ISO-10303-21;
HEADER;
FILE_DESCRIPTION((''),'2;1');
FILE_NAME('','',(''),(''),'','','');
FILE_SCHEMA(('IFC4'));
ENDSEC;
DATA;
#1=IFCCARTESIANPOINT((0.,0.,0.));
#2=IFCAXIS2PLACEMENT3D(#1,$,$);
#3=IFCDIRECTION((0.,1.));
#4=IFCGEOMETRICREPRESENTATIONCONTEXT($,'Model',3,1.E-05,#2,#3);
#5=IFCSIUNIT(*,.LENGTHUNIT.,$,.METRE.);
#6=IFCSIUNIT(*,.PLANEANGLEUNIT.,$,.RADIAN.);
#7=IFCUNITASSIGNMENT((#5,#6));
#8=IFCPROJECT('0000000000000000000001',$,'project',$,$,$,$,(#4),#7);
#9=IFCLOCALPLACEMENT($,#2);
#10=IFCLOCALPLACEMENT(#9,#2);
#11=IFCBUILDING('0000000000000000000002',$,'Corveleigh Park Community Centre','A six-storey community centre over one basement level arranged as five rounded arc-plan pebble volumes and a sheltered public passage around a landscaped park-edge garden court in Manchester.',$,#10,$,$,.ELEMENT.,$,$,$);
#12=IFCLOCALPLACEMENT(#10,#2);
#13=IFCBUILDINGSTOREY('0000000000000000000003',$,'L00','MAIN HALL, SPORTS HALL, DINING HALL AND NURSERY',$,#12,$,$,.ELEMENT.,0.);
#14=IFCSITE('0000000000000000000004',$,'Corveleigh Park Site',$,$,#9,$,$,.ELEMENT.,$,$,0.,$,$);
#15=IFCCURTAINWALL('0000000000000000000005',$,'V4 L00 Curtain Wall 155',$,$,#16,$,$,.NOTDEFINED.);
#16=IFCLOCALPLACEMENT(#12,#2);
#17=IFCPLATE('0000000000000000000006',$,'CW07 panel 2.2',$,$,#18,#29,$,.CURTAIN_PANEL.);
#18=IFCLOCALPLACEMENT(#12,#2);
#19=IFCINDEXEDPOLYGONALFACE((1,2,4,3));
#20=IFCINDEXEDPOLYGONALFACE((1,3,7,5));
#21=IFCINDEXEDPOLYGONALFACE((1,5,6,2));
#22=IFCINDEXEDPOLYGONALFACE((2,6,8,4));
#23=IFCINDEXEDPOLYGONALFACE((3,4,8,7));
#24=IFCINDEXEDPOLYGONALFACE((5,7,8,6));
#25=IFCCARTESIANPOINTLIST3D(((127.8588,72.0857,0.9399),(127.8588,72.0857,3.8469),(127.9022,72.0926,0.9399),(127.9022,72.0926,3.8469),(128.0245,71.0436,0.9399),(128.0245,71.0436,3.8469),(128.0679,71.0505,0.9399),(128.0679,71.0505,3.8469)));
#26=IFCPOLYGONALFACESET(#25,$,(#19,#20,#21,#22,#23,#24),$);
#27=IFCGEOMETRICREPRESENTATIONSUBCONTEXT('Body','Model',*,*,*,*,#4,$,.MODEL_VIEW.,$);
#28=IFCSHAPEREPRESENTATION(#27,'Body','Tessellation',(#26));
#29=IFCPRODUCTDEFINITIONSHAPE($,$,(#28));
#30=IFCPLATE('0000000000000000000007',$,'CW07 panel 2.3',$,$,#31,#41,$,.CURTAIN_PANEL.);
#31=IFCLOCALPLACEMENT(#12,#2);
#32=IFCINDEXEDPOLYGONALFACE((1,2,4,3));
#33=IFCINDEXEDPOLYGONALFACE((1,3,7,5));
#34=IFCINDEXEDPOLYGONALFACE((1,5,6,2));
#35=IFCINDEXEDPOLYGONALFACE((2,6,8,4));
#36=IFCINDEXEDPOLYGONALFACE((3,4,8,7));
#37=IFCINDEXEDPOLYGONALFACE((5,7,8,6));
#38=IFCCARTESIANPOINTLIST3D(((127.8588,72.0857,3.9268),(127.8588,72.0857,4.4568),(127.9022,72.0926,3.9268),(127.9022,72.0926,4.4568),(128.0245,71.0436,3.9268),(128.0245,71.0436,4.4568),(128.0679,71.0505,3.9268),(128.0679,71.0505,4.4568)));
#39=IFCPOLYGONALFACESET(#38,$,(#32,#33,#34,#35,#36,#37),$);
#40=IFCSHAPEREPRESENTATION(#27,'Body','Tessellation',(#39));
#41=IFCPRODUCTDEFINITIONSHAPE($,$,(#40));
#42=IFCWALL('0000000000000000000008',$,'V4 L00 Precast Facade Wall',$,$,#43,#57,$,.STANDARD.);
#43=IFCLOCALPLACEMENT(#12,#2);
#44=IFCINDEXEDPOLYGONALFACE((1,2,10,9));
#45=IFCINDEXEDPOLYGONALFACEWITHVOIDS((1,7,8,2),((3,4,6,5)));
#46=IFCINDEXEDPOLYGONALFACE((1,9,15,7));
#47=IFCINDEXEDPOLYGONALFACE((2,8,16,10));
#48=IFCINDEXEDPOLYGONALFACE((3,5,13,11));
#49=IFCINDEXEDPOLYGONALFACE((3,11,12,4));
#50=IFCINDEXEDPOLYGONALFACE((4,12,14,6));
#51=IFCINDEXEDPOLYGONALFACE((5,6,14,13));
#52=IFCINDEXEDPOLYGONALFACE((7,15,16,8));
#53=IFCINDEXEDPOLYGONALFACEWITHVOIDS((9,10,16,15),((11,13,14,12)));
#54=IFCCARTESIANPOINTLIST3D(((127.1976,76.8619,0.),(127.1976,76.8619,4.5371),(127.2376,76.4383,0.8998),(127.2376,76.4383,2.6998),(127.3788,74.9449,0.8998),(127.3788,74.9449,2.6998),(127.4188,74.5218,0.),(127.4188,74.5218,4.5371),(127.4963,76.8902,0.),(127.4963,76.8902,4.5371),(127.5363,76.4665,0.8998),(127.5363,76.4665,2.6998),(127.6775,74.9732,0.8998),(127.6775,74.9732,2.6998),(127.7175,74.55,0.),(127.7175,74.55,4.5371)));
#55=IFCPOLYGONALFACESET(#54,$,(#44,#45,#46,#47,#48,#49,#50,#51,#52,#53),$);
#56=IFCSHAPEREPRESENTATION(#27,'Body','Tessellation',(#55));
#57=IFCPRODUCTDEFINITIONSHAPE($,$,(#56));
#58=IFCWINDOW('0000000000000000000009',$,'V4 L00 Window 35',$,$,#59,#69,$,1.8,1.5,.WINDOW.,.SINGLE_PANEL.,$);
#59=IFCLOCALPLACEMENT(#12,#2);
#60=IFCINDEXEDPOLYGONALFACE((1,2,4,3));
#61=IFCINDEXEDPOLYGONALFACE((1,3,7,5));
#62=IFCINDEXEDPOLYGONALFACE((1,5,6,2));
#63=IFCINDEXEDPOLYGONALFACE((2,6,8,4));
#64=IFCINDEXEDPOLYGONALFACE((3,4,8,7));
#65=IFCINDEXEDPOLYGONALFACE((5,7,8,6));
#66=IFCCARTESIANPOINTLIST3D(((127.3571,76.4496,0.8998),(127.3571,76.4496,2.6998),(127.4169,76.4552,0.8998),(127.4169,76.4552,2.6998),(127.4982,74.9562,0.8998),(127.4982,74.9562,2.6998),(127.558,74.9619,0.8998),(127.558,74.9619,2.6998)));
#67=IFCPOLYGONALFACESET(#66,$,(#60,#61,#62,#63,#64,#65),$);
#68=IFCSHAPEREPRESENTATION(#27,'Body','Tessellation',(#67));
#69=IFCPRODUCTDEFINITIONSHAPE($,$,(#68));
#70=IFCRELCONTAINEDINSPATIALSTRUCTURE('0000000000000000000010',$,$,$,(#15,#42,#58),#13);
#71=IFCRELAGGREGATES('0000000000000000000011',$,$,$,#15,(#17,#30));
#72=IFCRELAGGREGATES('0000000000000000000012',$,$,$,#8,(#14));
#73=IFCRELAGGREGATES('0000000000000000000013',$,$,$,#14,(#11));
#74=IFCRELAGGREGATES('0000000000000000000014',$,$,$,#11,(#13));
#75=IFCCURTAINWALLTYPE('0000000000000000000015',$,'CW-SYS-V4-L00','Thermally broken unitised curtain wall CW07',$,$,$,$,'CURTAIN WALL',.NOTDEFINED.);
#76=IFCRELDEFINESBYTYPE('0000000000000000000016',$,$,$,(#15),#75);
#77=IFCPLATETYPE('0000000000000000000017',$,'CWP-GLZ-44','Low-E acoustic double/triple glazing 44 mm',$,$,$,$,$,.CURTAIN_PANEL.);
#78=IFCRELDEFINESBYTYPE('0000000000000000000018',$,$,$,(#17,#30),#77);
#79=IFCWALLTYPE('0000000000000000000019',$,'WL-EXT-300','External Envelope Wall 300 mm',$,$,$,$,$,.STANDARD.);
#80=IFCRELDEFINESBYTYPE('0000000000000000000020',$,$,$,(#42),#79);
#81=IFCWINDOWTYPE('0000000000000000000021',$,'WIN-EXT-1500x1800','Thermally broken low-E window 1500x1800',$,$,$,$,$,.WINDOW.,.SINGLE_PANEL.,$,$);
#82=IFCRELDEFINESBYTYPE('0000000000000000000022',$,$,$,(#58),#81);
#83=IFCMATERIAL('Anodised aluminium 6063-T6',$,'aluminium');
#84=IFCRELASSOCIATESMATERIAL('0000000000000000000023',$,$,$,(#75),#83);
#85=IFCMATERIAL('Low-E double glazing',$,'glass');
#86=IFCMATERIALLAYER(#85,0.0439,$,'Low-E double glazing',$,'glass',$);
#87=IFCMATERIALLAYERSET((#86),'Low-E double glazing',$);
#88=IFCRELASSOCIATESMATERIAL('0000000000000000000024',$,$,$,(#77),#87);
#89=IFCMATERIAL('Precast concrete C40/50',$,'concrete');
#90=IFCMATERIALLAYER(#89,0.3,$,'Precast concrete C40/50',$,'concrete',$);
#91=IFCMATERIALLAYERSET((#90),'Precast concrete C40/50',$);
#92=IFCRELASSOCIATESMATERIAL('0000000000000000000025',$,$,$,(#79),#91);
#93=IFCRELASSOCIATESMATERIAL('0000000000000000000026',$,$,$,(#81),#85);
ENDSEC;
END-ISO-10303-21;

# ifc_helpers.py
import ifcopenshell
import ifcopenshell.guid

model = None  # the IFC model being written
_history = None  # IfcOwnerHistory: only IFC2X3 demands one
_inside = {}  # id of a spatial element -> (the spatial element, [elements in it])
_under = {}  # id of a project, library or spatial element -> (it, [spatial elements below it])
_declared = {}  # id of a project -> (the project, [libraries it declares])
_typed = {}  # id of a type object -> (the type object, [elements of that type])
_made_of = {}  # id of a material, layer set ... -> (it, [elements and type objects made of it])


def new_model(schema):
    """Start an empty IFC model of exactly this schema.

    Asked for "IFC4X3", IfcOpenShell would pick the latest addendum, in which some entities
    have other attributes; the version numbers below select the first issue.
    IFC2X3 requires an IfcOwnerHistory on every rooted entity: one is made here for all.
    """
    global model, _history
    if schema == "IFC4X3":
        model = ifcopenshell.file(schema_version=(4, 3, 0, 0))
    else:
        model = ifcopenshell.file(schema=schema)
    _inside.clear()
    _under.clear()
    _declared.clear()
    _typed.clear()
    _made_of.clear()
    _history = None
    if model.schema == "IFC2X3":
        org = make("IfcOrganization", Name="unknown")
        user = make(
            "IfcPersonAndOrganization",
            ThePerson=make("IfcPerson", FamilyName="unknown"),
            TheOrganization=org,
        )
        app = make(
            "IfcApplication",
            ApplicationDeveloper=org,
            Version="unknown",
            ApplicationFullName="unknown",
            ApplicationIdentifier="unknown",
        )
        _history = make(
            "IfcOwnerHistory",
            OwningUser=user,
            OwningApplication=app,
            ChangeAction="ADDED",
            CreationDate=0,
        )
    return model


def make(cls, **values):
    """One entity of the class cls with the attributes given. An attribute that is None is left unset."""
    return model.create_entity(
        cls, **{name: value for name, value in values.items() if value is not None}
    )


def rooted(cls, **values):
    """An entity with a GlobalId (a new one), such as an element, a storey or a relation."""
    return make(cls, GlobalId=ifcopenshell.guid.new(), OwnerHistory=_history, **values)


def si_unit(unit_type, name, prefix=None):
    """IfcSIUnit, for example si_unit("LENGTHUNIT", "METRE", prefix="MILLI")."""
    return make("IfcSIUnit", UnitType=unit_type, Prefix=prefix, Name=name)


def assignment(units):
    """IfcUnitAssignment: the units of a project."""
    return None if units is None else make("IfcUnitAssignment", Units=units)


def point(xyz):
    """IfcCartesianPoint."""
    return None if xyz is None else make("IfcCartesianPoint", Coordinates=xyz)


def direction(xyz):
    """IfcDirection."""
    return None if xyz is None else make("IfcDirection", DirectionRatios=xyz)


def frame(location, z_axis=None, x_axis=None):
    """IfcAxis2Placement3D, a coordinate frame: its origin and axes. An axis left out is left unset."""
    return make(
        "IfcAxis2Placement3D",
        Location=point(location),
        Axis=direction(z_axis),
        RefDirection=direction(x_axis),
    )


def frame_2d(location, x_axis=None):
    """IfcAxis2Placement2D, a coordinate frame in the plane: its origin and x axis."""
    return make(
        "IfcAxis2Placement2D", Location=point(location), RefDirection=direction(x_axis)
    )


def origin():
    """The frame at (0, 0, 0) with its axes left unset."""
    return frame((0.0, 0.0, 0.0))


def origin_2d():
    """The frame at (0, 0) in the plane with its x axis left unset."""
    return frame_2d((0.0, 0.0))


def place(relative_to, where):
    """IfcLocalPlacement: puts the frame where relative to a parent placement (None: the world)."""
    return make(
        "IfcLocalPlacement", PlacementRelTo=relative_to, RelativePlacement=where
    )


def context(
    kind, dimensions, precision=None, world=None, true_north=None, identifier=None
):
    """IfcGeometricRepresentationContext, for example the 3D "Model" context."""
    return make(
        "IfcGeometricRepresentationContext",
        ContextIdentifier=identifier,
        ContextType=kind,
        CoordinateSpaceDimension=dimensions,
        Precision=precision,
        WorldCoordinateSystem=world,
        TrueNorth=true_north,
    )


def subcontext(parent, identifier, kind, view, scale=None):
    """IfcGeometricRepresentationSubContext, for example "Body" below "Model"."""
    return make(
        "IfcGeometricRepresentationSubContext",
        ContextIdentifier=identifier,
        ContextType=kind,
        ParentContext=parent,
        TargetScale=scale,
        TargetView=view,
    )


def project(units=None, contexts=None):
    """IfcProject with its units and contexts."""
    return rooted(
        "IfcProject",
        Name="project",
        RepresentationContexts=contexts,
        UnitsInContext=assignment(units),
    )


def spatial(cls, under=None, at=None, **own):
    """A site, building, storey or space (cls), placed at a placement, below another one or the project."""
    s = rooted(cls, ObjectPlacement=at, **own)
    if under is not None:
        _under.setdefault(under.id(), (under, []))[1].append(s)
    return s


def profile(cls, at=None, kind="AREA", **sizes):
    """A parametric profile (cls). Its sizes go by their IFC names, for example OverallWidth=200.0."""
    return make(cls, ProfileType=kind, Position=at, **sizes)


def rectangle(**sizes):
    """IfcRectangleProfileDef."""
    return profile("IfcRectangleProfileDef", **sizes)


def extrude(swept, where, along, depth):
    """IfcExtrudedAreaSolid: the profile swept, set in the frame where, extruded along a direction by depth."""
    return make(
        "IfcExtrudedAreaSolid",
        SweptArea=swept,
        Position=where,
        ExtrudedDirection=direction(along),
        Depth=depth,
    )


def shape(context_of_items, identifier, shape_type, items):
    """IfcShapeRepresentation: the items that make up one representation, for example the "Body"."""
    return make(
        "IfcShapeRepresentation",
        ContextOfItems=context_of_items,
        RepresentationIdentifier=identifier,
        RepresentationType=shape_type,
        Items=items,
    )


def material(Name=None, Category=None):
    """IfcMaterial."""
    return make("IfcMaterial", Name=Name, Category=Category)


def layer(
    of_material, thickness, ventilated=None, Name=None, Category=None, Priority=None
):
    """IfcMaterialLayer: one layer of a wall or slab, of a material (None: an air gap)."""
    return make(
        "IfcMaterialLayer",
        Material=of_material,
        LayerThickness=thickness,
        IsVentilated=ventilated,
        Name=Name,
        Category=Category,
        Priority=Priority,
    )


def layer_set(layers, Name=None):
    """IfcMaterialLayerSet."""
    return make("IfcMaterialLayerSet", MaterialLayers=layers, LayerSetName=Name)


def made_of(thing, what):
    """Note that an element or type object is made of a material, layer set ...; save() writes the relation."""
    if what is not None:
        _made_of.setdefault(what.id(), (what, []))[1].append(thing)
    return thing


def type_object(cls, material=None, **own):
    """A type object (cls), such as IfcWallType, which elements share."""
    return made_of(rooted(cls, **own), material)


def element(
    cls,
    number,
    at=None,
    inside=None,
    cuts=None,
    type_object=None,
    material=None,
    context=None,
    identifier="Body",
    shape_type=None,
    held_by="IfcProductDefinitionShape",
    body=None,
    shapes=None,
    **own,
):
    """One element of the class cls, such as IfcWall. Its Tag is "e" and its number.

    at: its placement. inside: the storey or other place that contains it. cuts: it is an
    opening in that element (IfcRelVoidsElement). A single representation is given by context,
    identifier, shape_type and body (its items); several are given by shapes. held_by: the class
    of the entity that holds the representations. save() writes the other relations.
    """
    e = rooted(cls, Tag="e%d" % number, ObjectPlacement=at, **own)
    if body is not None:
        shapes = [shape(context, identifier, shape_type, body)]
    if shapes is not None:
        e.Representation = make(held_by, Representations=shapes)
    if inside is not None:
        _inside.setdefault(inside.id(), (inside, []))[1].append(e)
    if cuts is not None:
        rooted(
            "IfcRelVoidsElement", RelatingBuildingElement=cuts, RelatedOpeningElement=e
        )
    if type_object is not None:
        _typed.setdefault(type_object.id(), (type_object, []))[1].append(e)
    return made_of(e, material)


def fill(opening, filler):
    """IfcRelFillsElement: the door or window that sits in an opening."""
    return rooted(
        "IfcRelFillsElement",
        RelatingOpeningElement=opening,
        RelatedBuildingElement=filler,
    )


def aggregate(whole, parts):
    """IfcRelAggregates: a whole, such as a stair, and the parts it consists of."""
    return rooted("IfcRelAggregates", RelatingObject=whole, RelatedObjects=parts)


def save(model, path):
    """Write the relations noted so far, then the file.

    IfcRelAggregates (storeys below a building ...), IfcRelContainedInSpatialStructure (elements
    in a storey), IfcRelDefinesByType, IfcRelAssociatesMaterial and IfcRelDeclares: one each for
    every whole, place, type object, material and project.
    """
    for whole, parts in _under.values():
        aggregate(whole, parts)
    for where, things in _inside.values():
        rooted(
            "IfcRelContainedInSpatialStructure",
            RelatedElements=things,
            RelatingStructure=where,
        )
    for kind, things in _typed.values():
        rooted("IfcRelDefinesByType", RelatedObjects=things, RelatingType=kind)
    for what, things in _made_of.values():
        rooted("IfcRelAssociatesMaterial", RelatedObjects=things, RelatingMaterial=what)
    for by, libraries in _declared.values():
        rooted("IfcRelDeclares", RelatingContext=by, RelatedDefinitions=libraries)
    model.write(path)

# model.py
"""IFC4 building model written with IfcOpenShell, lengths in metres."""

from ifc_helpers import new_model, si_unit, direction, frame, frame_2d, origin, origin_2d, place, context, subcontext, project, spatial, rectangle, extrude, material, layer, layer_set, type_object, element, fill, aggregate, save


model = new_model("IFC4")

# Units and contexts
model_context = context("Model", 3, precision=1e-05, world=origin(), true_north=direction((0.0, 1.0)))
body_context = subcontext(model_context, "Body", "Model", "MODEL_VIEW")
ifc_project = project(units=[si_unit("LENGTHUNIT", "METRE"), si_unit("PLANEANGLEUNIT", "RADIAN")], contexts=[model_context])

# Site, building, storey
site_placement = place(None, origin())
site = spatial("IfcSite", under=ifc_project, at=site_placement, Name="Corveleigh Park Site", CompositionType="ELEMENT", RefElevation=0.0)
building_placement = place(site_placement, origin())
building = spatial("IfcBuilding", under=site, at=building_placement, Name="Corveleigh Park Community Centre", Description="A six-storey community centre over one basement level arranged as five rounded arc-plan pebble volumes and a sheltered public passage around a landscaped park-edge garden court in Manchester.", CompositionType="ELEMENT")
storey_placement = place(building_placement, origin())
storey = spatial("IfcBuildingStorey", under=building, at=storey_placement, Name="L00", Description="MAIN HALL, SPORTS HALL, DINING HALL AND NURSERY", CompositionType="ELEMENT", Elevation=0.0)

# Shared definitions
ifc_material_1 = material(Name="Anodised aluminium 6063-T6", Category="aluminium")
curtain_wall_type = type_object("IfcCurtainWallType", Name="CW-SYS-V4-L00", Description="Thermally broken unitised curtain wall CW07", ElementType="CURTAIN WALL", PredefinedType="NOTDEFINED", material=ifc_material_1)

# Curtain wall
curtain_wall_1_placement = place(storey_placement, origin())
curtain_wall_1 = element("IfcCurtainWall", 1, at=curtain_wall_1_placement, inside=storey, type_object=curtain_wall_type, Name="V4 L00 Curtain Wall 155", PredefinedType="NOTDEFINED")

# Plates
ifc_material_2 = material(Name="Low-E double glazing", Category="glass")
ifc_layer_1 = layer(ifc_material_2, 0.0439, Name="Low-E double glazing", Category="glass")
ifc_layer_set_1 = layer_set([ifc_layer_1], Name="Low-E double glazing")
plate_type_1 = type_object("IfcPlateType", Name="CWP-GLZ-44", Description="Low-E acoustic double/triple glazing 44 mm", PredefinedType="CURTAIN_PANEL", material=ifc_layer_set_1)
plate_1_placement = place(storey_placement, frame((127.9634, 71.5681, 0.9399), z_axis=(0.0, 0.0, 1.0), x_axis=(-0.157011, 0.987597, 0.0)))
plate_1 = element("IfcPlate", 2, at=plate_1_placement, type_object=plate_type_1, Name="CW07 panel 2.2", PredefinedType="CURTAIN_PANEL", context=body_context, shape_type="SweptSolid", body=[
    extrude(rectangle(XDim=1.0552, YDim=0.0439, at=origin_2d()), origin(), (0.0, 0.0, 1.0), 2.907),
])
plate_2_placement = place(storey_placement, frame((127.9634, 71.5681, 3.9268), z_axis=(0.0, 0.0, 1.0), x_axis=(-0.157011, 0.987597, 0.0)))
plate_2 = element("IfcPlate", 3, at=plate_2_placement, type_object=plate_type_1, Name="CW07 panel 2.3", PredefinedType="CURTAIN_PANEL", context=body_context, shape_type="SweptSolid", body=[
    extrude(rectangle(XDim=1.0552, YDim=0.0439, at=origin_2d()), origin(), (0.0, 0.0, 1.0), 0.53),
])
aggregate(curtain_wall_1, [plate_1, plate_2])

# Wall, opening, window
ifc_material_3 = material(Name="Precast concrete C40/50", Category="concrete")
ifc_layer_2 = layer(ifc_material_3, 0.3, Name="Precast concrete C40/50", Category="concrete")
ifc_layer_set_2 = layer_set([ifc_layer_2], Name="Precast concrete C40/50")
wall_type = type_object("IfcWallType", Name="WL-EXT-300", Description="External Envelope Wall 300 mm", PredefinedType="STANDARD", material=ifc_layer_set_2)
wall_placement = place(storey_placement, frame((127.5681, 74.5359, 0.0), z_axis=(0.0, 0.0, 1.0), x_axis=(-0.094103, 0.995562, 0.0)))
wall = element("IfcWall", 4, at=wall_placement, inside=storey, type_object=wall_type, Name="V4 L00 Precast Facade Wall", PredefinedType="STANDARD", context=body_context, shape_type="SweptSolid", body=[
    extrude(rectangle(XDim=2.3506, YDim=0.3, at=frame_2d((1.1753, 0.0))), origin(), (0.0, 0.0, 1.0), 4.5371),
])
opening_placement = place(wall_placement, frame((0.425, 0.0, 0.8999)))
opening = element("IfcOpeningElement", 5, at=opening_placement, cuts=wall, PredefinedType="OPENING", context=body_context, shape_type="SweptSolid", body=[
    extrude(rectangle(XDim=1.5, YDim=1.8, at=frame_2d((0.75, 0.8999))), frame((0.0, 0.1599, 0.0), z_axis=(0.0, -1.0, 0.0), x_axis=(1.0, 0.0, 0.0)), (0.0, 0.0, 1.0), 0.3201),
])
window_type = type_object("IfcWindowType", Name="WIN-EXT-1500x1800", Description="Thermally broken low-E window 1500x1800", PartitioningType="SINGLE_PANEL", PredefinedType="WINDOW", material=ifc_material_2)
window_placement = place(opening_placement, origin())
window = element("IfcWindow", 6, at=window_placement, inside=storey, type_object=window_type, Name="V4 L00 Window 35", OverallHeight=1.8, OverallWidth=1.5, PartitioningType="SINGLE_PANEL", PredefinedType="WINDOW", context=body_context, shape_type="SweptSolid", body=[
    extrude(rectangle(XDim=1.5, YDim=1.8, at=frame_2d((0.75, 0.8999))), frame((0.0, 0.03, 0.0), z_axis=(0.0, -1.0, 0.0), x_axis=(1.0, 0.0, 0.0)), (0.0, 0.0, 1.0), 0.0601),
])
fill(opening, window)

save(model, "model.ifc")
